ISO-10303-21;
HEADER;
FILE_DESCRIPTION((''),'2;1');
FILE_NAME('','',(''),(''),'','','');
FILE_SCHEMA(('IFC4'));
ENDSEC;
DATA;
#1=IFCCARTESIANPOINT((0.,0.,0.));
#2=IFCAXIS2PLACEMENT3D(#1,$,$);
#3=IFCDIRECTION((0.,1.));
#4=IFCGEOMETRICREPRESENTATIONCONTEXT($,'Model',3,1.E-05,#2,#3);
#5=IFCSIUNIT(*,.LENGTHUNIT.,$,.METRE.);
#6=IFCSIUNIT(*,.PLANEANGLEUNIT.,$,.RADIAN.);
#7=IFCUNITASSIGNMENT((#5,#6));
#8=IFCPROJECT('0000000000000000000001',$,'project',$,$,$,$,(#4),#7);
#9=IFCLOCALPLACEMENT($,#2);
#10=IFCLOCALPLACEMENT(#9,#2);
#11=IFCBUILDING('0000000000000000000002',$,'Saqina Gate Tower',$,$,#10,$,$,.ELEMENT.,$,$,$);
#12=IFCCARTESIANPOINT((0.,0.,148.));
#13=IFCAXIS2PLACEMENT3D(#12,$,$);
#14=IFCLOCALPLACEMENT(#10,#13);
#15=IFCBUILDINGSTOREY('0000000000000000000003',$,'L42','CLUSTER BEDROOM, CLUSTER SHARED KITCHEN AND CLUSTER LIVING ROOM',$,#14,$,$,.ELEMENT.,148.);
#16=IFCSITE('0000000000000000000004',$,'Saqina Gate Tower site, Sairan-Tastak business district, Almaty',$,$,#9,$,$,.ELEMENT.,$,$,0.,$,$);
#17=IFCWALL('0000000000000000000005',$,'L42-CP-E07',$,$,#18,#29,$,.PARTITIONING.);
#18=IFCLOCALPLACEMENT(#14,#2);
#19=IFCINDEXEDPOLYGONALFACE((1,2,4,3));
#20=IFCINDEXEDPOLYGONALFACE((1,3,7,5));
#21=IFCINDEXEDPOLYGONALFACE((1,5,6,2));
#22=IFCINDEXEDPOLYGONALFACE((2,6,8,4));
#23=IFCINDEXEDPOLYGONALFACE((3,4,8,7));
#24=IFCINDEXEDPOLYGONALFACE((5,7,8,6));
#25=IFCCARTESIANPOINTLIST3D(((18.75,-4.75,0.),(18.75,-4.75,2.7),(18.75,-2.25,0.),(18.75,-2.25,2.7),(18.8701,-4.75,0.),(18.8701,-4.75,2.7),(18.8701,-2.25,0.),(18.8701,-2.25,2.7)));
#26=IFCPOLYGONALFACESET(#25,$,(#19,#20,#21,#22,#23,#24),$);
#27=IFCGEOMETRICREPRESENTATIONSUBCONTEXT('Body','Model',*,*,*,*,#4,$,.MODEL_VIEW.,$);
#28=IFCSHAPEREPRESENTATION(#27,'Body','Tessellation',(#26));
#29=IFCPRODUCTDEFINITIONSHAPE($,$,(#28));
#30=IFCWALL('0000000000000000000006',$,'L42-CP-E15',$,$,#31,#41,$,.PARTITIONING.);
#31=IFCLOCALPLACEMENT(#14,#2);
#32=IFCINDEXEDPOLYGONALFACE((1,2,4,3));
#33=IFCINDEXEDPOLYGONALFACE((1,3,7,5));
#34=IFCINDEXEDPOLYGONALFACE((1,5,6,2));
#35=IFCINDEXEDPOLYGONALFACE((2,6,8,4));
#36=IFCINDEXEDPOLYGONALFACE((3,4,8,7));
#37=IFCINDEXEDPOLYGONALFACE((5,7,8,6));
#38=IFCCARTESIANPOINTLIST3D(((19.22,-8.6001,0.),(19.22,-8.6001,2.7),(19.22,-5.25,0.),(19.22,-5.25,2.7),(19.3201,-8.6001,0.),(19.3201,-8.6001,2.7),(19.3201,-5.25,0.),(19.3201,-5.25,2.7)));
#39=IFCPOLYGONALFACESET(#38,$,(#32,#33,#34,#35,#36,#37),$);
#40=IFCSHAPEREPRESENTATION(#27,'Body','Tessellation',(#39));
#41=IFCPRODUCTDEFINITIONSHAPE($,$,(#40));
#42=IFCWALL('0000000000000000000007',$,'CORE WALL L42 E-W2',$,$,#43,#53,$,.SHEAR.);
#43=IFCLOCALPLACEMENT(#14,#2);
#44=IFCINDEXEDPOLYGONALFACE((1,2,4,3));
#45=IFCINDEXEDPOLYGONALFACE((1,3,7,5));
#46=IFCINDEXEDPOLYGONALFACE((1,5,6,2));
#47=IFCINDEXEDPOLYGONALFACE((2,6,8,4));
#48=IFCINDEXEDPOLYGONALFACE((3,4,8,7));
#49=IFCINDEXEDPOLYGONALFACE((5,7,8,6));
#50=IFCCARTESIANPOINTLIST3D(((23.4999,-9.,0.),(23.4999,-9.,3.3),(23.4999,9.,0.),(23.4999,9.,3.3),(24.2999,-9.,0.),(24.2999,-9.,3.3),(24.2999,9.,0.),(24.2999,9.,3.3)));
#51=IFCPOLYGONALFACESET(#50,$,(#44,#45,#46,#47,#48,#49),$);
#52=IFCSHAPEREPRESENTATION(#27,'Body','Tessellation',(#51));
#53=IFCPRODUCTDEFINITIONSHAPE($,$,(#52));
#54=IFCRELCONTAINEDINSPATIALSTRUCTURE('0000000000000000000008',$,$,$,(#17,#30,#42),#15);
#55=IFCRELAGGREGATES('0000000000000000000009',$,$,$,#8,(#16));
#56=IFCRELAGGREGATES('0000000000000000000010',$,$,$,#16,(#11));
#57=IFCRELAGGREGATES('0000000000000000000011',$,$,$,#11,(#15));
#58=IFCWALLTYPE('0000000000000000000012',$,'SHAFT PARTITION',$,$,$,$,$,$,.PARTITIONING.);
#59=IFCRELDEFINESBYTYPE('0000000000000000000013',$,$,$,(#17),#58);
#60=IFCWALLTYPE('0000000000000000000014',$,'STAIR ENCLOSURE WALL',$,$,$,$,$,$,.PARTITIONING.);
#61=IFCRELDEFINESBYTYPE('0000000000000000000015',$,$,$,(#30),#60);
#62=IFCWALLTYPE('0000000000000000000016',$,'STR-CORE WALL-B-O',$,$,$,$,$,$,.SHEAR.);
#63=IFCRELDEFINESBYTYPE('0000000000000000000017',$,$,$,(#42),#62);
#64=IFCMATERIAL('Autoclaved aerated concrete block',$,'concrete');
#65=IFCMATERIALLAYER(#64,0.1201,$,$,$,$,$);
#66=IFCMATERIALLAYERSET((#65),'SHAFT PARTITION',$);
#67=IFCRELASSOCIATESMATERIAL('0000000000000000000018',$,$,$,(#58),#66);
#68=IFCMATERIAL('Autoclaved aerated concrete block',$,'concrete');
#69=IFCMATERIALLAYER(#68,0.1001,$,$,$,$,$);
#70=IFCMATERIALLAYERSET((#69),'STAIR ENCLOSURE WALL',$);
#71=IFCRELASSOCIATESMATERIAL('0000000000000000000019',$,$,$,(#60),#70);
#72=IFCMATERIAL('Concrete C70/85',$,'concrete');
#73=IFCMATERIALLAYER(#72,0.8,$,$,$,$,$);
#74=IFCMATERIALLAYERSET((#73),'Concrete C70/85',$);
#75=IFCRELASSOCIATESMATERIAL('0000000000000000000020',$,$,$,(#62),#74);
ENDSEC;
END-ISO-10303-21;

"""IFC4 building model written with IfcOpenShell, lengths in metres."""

from ifc_helpers import new_model, si_unit, direction, frame, frame_2d, origin, place, context, subcontext, project, spatial, rectangle, extrude, material, layer, layer_set, type_object, element, save


model = new_model("IFC4")

# Units and contexts
model_context = context("Model", 3, precision=1e-05, world=origin(), true_north=direction((0.0, 1.0)))
body_context = subcontext(model_context, "Body", "Model", "MODEL_VIEW")
ifc_project = project(units=[si_unit("LENGTHUNIT", "METRE"), si_unit("PLANEANGLEUNIT", "RADIAN")], contexts=[model_context])

# Site, building, storey
site_placement = place(None, origin())
site = spatial("IfcSite", under=ifc_project, at=site_placement, Name="Saqina Gate Tower site, Sairan-Tastak business district, Almaty", CompositionType="ELEMENT", RefElevation=0.0)
building_placement = place(site_placement, origin())
building = spatial("IfcBuilding", under=site, at=building_placement, Name="Saqina Gate Tower", CompositionType="ELEMENT")
storey_placement = place(building_placement, frame((0.0, 0.0, 148.0)))
storey = spatial("IfcBuildingStorey", under=building, at=storey_placement, Name="L42", Description="CLUSTER BEDROOM, CLUSTER SHARED KITCHEN AND CLUSTER LIVING ROOM", CompositionType="ELEMENT", Elevation=148.0)

# Walls
ifc_material_1 = material(Name="Autoclaved aerated concrete block", Category="concrete")
ifc_layer_1 = layer(ifc_material_1, 0.1201)
ifc_layer_set_1 = layer_set([ifc_layer_1], Name="SHAFT PARTITION")
wall_type_1 = type_object("IfcWallType", Name="SHAFT PARTITION", PredefinedType="PARTITIONING", material=ifc_layer_set_1)
wall_1_placement = place(storey_placement, frame((18.8101, -4.75, 0.0), z_axis=(0.0, 0.0, 1.0), x_axis=(0.0, 1.0, 0.0)))
element("IfcWall", 1, at=wall_1_placement, inside=storey, type_object=wall_type_1, Name="L42-CP-E07", PredefinedType="PARTITIONING", context=body_context, shape_type="SweptSolid", body=[
    extrude(rectangle(XDim=2.5, YDim=0.1201, at=frame_2d((1.25, 0.0))), origin(), (0.0, 0.0, 1.0), 2.7),
])
ifc_material_2 = material(Name="Autoclaved aerated concrete block", Category="concrete")
ifc_layer_2 = layer(ifc_material_2, 0.1001)
ifc_layer_set_2 = layer_set([ifc_layer_2], Name="STAIR ENCLOSURE WALL")
wall_type_2 = type_object("IfcWallType", Name="STAIR ENCLOSURE WALL", PredefinedType="PARTITIONING", material=ifc_layer_set_2)
wall_2_placement = place(storey_placement, frame((19.27, -8.6001, 0.0), z_axis=(0.0, 0.0, 1.0), x_axis=(0.0, 1.0, 0.0)))
element("IfcWall", 2, at=wall_2_placement, inside=storey, type_object=wall_type_2, Name="L42-CP-E15", PredefinedType="PARTITIONING", context=body_context, shape_type="SweptSolid", body=[
    extrude(rectangle(XDim=3.3501, YDim=0.1001, at=frame_2d((1.675, 0.0))), origin(), (0.0, 0.0, 1.0), 2.7),
])
ifc_material_3 = material(Name="Concrete C70/85", Category="concrete")
ifc_layer_3 = layer(ifc_material_3, 0.8)
ifc_layer_set_3 = layer_set([ifc_layer_3], Name="Concrete C70/85")
wall_type_3 = type_object("IfcWallType", Name="STR-CORE WALL-B-O", PredefinedType="SHEAR", material=ifc_layer_set_3)
wall_3_placement = place(storey_placement, frame((23.8999, -9.0, 0.0), z_axis=(0.0, 0.0, 1.0), x_axis=(0.0, 1.0, 0.0)))
element("IfcWall", 3, at=wall_3_placement, inside=storey, type_object=wall_type_3, Name="CORE WALL L42 E-W2", PredefinedType="SHEAR", context=body_context, shape_type="SweptSolid", body=[
    extrude(rectangle(XDim=18.0, YDim=0.8, at=frame_2d((9.0, 0.0))), origin(), (0.0, 0.0, 1.0), 3.3),
])

save(model, "model.ifc")
